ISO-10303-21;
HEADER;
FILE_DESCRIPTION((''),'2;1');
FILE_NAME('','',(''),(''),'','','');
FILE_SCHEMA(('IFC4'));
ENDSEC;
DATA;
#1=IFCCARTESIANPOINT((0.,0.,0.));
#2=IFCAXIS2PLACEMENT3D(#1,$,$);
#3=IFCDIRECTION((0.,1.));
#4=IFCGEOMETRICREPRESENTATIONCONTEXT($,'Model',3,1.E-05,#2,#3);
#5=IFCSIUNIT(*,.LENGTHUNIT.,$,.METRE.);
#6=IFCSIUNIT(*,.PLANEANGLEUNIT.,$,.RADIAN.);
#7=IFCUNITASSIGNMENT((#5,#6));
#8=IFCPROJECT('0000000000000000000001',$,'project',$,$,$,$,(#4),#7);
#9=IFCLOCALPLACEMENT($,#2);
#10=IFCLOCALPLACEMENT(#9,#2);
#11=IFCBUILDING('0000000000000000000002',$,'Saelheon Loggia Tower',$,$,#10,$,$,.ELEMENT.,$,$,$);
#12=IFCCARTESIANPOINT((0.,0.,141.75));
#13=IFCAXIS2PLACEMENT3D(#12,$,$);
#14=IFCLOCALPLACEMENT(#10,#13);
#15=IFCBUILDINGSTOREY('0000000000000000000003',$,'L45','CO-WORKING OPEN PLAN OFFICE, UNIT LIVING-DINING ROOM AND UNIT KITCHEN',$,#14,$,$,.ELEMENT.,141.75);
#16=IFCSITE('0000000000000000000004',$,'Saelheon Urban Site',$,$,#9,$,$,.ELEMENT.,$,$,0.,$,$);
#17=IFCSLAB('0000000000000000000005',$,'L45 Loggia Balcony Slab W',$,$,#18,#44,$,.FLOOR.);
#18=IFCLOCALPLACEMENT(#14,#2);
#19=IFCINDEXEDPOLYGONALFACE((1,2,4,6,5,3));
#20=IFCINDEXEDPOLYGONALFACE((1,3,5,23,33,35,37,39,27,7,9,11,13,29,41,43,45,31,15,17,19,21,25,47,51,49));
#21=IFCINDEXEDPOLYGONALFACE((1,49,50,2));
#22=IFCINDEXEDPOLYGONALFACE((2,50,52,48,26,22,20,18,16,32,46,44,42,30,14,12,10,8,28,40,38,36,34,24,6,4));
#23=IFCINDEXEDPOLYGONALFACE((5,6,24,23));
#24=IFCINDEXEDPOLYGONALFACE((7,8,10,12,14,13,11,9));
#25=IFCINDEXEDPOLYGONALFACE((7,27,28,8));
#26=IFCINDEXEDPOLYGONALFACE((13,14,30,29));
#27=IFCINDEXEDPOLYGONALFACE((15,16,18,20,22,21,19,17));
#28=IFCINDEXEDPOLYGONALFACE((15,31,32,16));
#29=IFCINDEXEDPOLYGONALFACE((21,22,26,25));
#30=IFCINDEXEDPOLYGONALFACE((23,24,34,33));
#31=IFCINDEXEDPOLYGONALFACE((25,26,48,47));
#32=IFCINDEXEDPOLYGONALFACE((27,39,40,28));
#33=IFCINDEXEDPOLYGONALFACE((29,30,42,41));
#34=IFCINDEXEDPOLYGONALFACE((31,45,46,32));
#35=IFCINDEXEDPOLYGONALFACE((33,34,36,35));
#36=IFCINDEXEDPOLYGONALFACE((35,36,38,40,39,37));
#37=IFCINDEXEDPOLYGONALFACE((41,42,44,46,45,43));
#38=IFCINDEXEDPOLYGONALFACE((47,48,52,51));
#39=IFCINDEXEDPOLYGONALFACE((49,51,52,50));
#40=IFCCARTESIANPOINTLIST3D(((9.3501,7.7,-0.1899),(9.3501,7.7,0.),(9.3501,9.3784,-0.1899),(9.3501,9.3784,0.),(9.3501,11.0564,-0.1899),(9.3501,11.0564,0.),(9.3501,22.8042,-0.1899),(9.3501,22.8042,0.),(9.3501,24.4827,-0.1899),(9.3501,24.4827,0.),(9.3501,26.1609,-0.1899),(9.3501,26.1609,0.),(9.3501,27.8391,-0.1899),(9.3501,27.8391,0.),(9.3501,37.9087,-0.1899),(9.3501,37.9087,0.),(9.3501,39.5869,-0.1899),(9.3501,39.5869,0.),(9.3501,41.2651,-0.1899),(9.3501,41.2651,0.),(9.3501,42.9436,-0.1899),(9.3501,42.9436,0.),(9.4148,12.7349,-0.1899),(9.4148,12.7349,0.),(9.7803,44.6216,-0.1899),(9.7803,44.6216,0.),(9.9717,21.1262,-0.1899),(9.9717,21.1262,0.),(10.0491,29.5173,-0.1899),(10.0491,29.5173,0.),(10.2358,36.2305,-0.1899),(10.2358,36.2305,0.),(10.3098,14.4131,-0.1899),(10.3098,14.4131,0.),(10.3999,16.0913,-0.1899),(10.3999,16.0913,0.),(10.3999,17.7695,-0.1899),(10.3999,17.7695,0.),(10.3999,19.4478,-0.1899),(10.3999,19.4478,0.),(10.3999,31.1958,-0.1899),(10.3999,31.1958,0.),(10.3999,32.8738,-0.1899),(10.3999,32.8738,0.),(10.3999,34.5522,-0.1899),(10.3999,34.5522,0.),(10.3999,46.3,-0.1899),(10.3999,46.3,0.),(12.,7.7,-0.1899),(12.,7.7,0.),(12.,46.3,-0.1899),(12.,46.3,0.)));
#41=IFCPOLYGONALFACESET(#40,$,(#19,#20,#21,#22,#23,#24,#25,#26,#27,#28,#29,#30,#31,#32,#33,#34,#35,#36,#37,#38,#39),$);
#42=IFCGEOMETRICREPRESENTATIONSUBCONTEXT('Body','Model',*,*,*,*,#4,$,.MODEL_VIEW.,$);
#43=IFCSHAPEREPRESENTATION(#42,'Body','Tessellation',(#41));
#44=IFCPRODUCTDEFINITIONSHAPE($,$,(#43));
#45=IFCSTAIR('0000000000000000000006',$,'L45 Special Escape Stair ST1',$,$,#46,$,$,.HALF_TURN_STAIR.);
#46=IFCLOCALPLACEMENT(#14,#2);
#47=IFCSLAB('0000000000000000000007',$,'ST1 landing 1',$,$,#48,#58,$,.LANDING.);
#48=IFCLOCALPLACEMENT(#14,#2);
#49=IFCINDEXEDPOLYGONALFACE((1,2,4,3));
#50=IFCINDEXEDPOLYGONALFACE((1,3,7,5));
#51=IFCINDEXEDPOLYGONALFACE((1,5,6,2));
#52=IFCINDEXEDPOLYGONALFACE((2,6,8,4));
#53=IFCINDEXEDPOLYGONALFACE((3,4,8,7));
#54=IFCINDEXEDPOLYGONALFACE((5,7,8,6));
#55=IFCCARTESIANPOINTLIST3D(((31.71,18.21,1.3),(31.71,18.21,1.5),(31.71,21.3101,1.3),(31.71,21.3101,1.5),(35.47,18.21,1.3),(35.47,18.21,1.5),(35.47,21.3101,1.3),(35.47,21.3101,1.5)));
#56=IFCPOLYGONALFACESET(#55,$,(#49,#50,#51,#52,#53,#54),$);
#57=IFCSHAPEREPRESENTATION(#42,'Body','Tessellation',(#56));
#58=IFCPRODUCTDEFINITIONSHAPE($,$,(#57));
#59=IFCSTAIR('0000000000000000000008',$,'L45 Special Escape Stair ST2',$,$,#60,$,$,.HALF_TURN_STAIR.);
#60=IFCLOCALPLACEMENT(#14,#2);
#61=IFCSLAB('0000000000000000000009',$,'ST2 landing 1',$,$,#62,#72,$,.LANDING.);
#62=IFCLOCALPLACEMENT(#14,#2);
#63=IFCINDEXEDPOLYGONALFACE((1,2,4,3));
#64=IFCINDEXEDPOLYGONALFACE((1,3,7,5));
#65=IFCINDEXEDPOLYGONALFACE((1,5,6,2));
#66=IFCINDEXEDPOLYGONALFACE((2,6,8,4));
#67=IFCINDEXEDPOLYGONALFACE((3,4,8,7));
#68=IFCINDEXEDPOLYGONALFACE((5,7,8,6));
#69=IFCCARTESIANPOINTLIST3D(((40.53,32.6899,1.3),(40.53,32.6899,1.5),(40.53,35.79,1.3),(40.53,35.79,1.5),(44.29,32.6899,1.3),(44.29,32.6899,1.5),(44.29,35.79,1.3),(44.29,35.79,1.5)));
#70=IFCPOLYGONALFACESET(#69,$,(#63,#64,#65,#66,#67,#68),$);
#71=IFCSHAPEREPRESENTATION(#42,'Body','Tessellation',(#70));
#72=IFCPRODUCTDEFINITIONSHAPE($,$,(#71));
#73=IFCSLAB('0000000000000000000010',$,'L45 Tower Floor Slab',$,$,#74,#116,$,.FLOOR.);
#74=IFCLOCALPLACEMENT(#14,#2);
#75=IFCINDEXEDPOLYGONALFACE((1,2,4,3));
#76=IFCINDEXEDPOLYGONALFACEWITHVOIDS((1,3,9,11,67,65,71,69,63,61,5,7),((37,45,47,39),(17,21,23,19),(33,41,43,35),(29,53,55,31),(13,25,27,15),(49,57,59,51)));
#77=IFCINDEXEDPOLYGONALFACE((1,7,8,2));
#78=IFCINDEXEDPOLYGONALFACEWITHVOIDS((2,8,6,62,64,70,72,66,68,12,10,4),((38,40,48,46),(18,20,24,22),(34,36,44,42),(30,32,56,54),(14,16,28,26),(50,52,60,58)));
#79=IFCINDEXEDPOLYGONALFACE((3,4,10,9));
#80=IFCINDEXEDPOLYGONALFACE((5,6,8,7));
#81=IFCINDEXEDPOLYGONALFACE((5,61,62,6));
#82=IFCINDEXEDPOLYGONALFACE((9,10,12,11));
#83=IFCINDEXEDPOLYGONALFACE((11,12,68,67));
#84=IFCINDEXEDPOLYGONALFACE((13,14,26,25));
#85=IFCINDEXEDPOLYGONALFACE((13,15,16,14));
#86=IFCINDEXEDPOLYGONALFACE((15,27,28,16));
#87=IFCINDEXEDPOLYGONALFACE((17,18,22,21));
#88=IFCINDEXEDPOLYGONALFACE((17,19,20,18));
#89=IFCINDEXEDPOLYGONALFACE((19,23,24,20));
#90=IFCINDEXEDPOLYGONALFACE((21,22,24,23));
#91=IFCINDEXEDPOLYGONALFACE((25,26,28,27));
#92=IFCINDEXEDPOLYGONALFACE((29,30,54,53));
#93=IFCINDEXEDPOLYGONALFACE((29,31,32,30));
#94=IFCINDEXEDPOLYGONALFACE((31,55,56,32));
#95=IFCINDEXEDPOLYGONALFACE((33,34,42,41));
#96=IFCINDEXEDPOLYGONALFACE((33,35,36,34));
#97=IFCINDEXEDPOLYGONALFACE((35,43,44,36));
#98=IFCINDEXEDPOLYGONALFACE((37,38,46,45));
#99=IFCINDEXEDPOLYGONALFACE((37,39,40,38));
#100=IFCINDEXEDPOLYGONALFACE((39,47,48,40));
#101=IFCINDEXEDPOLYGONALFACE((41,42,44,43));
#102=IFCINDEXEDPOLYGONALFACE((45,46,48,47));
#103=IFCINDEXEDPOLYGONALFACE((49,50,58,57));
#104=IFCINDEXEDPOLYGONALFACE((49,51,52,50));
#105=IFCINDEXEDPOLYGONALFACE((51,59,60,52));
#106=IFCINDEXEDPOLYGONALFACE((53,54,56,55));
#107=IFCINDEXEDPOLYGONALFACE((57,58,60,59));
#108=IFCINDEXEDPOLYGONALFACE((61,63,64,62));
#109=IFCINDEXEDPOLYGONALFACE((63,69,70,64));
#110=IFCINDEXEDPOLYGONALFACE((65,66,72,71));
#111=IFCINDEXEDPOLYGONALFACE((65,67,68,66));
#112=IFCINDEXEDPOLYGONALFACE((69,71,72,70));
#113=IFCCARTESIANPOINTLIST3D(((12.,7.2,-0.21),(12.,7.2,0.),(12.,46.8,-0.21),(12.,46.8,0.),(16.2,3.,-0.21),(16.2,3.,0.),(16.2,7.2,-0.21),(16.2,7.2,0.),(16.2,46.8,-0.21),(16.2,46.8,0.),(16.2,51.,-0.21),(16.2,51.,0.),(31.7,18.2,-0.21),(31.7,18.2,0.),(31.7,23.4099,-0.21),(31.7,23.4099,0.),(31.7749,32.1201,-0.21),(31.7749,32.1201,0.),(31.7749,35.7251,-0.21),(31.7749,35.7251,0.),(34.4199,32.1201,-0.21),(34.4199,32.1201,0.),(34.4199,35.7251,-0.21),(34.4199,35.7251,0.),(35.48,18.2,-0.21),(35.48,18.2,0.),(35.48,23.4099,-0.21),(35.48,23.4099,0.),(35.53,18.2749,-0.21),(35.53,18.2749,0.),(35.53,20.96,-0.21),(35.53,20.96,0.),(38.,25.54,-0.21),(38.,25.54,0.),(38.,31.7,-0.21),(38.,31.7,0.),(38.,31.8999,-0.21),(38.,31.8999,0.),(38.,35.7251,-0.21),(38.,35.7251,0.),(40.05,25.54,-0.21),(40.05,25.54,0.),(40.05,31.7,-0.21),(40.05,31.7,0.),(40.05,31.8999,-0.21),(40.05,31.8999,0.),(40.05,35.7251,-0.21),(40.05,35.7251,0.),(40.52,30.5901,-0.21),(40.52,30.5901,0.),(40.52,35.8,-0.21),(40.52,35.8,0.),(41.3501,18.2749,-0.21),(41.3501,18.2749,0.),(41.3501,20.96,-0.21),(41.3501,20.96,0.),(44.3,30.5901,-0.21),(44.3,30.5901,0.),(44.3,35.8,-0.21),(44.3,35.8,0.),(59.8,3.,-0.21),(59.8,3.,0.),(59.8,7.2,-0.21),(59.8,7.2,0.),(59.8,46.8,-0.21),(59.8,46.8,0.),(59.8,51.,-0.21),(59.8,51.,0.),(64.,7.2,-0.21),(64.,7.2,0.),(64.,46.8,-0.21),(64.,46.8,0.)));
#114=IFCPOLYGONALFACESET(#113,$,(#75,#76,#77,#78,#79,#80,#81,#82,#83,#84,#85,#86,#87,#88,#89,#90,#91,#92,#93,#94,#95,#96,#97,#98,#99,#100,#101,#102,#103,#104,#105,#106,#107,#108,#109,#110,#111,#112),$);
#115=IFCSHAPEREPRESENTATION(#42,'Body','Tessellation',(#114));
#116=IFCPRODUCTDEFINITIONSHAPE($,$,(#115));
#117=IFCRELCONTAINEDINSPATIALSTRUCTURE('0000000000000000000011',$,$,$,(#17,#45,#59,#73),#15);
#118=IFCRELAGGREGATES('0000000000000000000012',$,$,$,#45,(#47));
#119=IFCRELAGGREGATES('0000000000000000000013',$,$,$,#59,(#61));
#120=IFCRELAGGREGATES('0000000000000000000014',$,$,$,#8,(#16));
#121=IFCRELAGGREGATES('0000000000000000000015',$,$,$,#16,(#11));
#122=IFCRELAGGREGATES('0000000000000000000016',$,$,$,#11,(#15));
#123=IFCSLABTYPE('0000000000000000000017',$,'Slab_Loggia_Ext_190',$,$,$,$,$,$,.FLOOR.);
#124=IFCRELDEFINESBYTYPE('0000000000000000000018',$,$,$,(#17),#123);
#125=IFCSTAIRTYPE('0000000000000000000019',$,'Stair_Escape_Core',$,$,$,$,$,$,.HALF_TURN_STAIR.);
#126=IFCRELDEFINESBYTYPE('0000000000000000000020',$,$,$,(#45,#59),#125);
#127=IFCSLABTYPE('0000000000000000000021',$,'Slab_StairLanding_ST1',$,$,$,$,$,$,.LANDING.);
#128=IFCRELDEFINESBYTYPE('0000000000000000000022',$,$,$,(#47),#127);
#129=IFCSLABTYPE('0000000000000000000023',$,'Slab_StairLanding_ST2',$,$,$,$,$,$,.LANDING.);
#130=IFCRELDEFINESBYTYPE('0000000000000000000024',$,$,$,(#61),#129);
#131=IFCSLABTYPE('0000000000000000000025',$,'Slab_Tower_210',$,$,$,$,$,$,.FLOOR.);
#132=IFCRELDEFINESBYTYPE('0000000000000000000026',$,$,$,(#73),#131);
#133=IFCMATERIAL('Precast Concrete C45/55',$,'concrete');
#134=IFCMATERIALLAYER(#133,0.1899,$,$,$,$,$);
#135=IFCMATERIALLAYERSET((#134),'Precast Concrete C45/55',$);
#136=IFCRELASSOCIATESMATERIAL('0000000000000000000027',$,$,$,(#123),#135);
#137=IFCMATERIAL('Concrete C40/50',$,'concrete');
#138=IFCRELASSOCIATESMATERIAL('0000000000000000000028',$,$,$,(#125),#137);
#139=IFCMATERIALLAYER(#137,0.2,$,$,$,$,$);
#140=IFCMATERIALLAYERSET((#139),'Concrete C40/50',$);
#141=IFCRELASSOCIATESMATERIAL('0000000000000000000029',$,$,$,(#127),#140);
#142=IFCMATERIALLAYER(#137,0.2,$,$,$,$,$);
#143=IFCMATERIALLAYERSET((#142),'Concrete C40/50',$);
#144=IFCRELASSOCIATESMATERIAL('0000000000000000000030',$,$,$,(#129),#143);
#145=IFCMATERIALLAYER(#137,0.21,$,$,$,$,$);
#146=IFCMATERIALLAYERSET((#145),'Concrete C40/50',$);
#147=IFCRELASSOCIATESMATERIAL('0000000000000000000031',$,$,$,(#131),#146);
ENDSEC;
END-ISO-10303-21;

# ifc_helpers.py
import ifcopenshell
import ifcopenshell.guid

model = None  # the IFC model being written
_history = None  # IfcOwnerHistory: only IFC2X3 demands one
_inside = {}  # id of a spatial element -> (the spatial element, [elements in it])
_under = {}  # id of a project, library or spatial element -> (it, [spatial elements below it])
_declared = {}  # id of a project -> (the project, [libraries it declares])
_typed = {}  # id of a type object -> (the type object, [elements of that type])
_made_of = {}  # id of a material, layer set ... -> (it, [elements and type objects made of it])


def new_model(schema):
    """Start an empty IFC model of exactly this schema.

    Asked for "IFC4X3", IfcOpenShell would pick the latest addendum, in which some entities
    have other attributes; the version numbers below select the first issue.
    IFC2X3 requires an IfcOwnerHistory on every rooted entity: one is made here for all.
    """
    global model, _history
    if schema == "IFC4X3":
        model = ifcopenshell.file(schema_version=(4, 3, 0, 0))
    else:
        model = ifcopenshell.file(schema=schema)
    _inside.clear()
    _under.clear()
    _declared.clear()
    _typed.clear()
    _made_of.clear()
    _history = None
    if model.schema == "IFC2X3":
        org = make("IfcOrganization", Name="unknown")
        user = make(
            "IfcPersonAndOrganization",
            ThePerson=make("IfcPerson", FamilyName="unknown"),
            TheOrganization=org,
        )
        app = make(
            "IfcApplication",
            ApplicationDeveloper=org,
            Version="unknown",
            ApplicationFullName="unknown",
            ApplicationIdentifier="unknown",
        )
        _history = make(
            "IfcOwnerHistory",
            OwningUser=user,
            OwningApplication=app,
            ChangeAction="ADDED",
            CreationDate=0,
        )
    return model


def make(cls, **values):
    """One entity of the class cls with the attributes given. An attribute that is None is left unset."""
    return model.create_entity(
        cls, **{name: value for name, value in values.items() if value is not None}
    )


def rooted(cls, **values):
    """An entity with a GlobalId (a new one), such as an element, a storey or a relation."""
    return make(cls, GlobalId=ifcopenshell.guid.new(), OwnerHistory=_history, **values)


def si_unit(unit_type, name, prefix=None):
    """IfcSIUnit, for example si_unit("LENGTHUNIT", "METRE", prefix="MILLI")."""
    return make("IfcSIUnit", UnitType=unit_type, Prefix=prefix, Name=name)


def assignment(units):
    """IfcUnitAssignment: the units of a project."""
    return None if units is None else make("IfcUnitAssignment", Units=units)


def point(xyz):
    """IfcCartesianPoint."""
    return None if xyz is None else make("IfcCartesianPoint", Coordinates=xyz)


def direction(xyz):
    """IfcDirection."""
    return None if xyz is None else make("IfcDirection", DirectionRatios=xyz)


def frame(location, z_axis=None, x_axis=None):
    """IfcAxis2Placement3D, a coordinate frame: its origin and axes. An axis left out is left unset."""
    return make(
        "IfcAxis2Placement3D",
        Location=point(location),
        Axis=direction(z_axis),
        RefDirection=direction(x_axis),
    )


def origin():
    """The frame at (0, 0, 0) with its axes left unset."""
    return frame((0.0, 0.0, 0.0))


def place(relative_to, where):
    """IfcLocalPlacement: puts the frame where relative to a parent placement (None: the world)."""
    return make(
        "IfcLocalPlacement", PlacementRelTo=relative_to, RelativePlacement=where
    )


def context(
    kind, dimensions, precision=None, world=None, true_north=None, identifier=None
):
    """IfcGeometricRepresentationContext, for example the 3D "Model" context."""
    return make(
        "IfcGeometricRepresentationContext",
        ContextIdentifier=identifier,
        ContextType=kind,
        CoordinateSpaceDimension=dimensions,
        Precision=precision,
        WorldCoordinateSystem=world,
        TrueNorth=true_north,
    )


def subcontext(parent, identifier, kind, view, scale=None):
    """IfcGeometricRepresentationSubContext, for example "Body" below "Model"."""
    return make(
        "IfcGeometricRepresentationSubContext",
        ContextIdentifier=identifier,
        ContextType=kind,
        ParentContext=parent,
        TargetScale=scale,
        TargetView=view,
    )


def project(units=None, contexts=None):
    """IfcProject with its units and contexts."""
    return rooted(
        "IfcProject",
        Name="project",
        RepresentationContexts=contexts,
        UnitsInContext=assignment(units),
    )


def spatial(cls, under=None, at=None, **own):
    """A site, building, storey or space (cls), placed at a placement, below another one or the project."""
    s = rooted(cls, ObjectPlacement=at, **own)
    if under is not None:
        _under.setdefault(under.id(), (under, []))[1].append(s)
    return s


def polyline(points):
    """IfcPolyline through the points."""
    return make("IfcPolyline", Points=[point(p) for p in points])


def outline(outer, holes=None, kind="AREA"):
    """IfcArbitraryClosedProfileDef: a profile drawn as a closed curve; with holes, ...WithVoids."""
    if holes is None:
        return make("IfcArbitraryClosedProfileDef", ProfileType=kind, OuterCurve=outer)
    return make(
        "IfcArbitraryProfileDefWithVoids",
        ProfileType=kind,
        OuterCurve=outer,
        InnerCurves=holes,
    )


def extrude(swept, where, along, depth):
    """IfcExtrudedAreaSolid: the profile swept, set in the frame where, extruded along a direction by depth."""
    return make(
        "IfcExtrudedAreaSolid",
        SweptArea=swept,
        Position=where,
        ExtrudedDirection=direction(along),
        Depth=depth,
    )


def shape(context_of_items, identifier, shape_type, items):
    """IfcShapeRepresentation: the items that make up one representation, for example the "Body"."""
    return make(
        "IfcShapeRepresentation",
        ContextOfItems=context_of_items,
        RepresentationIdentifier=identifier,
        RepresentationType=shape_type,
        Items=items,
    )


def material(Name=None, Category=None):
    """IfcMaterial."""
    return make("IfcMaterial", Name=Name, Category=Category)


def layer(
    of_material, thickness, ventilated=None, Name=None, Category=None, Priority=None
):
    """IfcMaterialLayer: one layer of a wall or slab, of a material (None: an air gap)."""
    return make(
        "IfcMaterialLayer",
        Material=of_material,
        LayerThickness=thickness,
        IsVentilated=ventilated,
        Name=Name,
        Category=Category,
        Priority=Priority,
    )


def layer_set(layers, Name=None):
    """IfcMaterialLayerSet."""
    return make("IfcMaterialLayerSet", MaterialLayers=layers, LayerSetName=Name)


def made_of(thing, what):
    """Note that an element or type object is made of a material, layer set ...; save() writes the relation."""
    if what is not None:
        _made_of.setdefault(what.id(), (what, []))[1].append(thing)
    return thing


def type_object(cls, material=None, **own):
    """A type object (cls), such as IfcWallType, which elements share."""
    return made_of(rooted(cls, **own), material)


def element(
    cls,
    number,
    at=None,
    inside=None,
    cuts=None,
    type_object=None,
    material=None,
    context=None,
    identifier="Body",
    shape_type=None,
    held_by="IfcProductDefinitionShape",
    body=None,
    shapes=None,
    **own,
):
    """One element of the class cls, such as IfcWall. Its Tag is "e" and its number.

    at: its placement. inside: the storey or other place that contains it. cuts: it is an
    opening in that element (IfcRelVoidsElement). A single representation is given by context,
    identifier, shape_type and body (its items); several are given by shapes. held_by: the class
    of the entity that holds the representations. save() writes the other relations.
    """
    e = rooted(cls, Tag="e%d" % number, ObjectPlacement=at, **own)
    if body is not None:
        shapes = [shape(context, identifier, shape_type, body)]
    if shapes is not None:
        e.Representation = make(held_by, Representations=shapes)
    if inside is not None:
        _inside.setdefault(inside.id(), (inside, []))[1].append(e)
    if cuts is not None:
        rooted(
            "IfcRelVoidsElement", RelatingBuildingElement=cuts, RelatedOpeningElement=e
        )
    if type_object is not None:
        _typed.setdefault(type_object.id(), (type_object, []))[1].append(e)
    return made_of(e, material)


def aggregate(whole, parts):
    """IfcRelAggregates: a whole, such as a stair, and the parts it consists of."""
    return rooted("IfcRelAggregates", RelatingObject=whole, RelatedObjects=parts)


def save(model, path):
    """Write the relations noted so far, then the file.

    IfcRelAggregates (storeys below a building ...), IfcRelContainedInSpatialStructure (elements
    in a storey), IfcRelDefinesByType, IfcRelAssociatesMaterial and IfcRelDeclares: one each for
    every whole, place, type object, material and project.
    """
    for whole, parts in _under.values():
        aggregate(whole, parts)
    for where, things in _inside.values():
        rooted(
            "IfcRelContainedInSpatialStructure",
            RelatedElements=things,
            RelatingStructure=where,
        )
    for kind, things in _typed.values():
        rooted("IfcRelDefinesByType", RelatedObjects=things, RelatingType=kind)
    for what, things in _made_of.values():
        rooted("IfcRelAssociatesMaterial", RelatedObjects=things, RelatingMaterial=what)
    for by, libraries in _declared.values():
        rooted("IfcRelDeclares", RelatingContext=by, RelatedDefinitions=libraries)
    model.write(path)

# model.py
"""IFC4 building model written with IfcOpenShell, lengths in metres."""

from ifc_helpers import new_model, si_unit, direction, frame, origin, place, context, subcontext, project, spatial, polyline, outline, extrude, material, layer, layer_set, type_object, element, aggregate, save


model = new_model("IFC4")

# Units and contexts
model_context = context("Model", 3, precision=1e-05, world=origin(), true_north=direction((0.0, 1.0)))
body_context = subcontext(model_context, "Body", "Model", "MODEL_VIEW")
ifc_project = project(units=[si_unit("LENGTHUNIT", "METRE"), si_unit("PLANEANGLEUNIT", "RADIAN")], contexts=[model_context])

# Site, building, storey
site_placement = place(None, origin())
site = spatial("IfcSite", under=ifc_project, at=site_placement, Name="Saelheon Urban Site", CompositionType="ELEMENT", RefElevation=0.0)
building_placement = place(site_placement, origin())
building = spatial("IfcBuilding", under=site, at=building_placement, Name="Saelheon Loggia Tower", CompositionType="ELEMENT")
storey_placement = place(building_placement, frame((0.0, 0.0, 141.75)))
storey = spatial("IfcBuildingStorey", under=building, at=storey_placement, Name="L45", Description="CO-WORKING OPEN PLAN OFFICE, UNIT LIVING-DINING ROOM AND UNIT KITCHEN", CompositionType="ELEMENT", Elevation=141.75)

# Shared definitions
ifc_material_1 = material(Name="Precast Concrete C45/55", Category="concrete")

# Shared definitions
ifc_material_2 = material(Name="Concrete C40/50", Category="concrete")

# Slab
ifc_layer_1 = layer(ifc_material_1, 0.1899)
ifc_layer_set_1 = layer_set([ifc_layer_1], Name="Precast Concrete C45/55")
slab_type_1 = type_object("IfcSlabType", Name="Slab_Loggia_Ext_190", PredefinedType="FLOOR", material=ifc_layer_set_1)
slab_1_placement = place(storey_placement, frame((0.0, 0.0, -0.1899)))
element("IfcSlab", 1, at=slab_1_placement, inside=storey, type_object=slab_type_1, Name="L45 Loggia Balcony Slab W", PredefinedType="FLOOR", context=body_context, shape_type="SweptSolid", body=[
    extrude(outline(polyline([(12.0, 7.7), (12.0, 46.3), (10.3999, 46.3), (9.7803, 44.6216), (9.3501, 42.9436), (9.3501, 41.2651), (9.3501, 39.5869), (9.3501, 37.9087), (10.2358, 36.2305), (10.3999, 34.5522), (10.3999, 32.8738), (10.3999, 31.1958), (10.0491, 29.5173), (9.3501, 27.8391), (9.3501, 26.1609), (9.3501, 24.4827), (9.3501, 22.8042), (9.9717, 21.1262), (10.3999, 19.4478), (10.3999, 17.7695), (10.3999, 16.0913), (10.3098, 14.4131), (9.4148, 12.7349), (9.3501, 11.0564), (9.3501, 9.3784), (9.3501, 7.7), (12.0, 7.7)])), origin(), (0.0, 0.0, 1.0), 0.1899),
])

# Stairs, slabs
stair_type = type_object("IfcStairType", Name="Stair_Escape_Core", PredefinedType="HALF_TURN_STAIR", material=ifc_material_2)
stair_1_placement = place(storey_placement, origin())
stair_1 = element("IfcStair", 2, at=stair_1_placement, inside=storey, type_object=stair_type, Name="L45 Special Escape Stair ST1", PredefinedType="HALF_TURN_STAIR")
ifc_layer_2 = layer(ifc_material_2, 0.2)
ifc_layer_set_2 = layer_set([ifc_layer_2], Name="Concrete C40/50")
slab_type_2 = type_object("IfcSlabType", Name="Slab_StairLanding_ST1", PredefinedType="LANDING", material=ifc_layer_set_2)
slab_2_placement = place(storey_placement, frame((0.0, 0.0, 1.3)))
slab_2 = element("IfcSlab", 3, at=slab_2_placement, type_object=slab_type_2, Name="ST1 landing 1", PredefinedType="LANDING", context=body_context, shape_type="SweptSolid", body=[
    extrude(outline(polyline([(31.71, 21.3101), (31.71, 18.21), (35.47, 18.21), (35.47, 21.3101), (31.71, 21.3101)])), origin(), (0.0, 0.0, 1.0), 0.2),
])
aggregate(stair_1, [slab_2])
stair_2_placement = place(storey_placement, origin())
stair_2 = element("IfcStair", 4, at=stair_2_placement, inside=storey, type_object=stair_type, Name="L45 Special Escape Stair ST2", PredefinedType="HALF_TURN_STAIR")
ifc_layer_3 = layer(ifc_material_2, 0.2)
ifc_layer_set_3 = layer_set([ifc_layer_3], Name="Concrete C40/50")
slab_type_3 = type_object("IfcSlabType", Name="Slab_StairLanding_ST2", PredefinedType="LANDING", material=ifc_layer_set_3)
slab_3_placement = place(storey_placement, frame((0.0, 0.0, 1.3)))
slab_3 = element("IfcSlab", 5, at=slab_3_placement, type_object=slab_type_3, Name="ST2 landing 1", PredefinedType="LANDING", context=body_context, shape_type="SweptSolid", body=[
    extrude(outline(polyline([(44.29, 32.6899), (44.29, 35.79), (40.53, 35.79), (40.53, 32.6899), (44.29, 32.6899)])), origin(), (0.0, 0.0, 1.0), 0.2),
])
aggregate(stair_2, [slab_3])

# Slab
ifc_layer_4 = layer(ifc_material_2, 0.21)
ifc_layer_set_4 = layer_set([ifc_layer_4], Name="Concrete C40/50")
slab_type_4 = type_object("IfcSlabType", Name="Slab_Tower_210", PredefinedType="FLOOR", material=ifc_layer_set_4)
slab_4_placement = place(storey_placement, frame((0.0, 0.0, -0.21)))
element("IfcSlab", 6, at=slab_4_placement, inside=storey, type_object=slab_type_4, Name="L45 Tower Floor Slab", PredefinedType="FLOOR", context=body_context, shape_type="SweptSolid", body=[
    extrude(outline(polyline([(16.2, 3.0), (59.8, 3.0), (59.8, 7.2), (64.0, 7.2), (64.0, 46.8), (59.8, 46.8), (59.8, 51.0), (16.2, 51.0), (16.2, 46.8), (12.0, 46.8), (12.0, 7.2), (16.2, 7.2), (16.2, 3.0)]), holes=[polyline([(31.7, 23.4099), (31.7, 18.2), (35.48, 18.2), (35.48, 23.4099), (31.7, 23.4099)]), polyline([(44.3, 30.5901), (44.3, 35.8), (40.52, 35.8), (40.52, 30.5901), (44.3, 30.5901)]), polyline([(35.53, 18.2749), (41.3501, 18.2749), (41.3501, 20.96), (35.53, 20.96), (35.53, 18.2749)]), polyline([(31.7749, 32.1201), (34.4199, 32.1201), (34.4199, 35.7251), (31.7749, 35.7251), (31.7749, 32.1201)]), polyline([(38.0, 31.8999), (40.05, 31.8999), (40.05, 35.7251), (38.0, 35.7251), (38.0, 31.8999)]), polyline([(38.0, 25.54), (40.05, 25.54), (40.05, 31.7), (38.0, 31.7), (38.0, 25.54)])]), origin(), (0.0, 0.0, 1.0), 0.21),
])

save(model, "model.ifc")
